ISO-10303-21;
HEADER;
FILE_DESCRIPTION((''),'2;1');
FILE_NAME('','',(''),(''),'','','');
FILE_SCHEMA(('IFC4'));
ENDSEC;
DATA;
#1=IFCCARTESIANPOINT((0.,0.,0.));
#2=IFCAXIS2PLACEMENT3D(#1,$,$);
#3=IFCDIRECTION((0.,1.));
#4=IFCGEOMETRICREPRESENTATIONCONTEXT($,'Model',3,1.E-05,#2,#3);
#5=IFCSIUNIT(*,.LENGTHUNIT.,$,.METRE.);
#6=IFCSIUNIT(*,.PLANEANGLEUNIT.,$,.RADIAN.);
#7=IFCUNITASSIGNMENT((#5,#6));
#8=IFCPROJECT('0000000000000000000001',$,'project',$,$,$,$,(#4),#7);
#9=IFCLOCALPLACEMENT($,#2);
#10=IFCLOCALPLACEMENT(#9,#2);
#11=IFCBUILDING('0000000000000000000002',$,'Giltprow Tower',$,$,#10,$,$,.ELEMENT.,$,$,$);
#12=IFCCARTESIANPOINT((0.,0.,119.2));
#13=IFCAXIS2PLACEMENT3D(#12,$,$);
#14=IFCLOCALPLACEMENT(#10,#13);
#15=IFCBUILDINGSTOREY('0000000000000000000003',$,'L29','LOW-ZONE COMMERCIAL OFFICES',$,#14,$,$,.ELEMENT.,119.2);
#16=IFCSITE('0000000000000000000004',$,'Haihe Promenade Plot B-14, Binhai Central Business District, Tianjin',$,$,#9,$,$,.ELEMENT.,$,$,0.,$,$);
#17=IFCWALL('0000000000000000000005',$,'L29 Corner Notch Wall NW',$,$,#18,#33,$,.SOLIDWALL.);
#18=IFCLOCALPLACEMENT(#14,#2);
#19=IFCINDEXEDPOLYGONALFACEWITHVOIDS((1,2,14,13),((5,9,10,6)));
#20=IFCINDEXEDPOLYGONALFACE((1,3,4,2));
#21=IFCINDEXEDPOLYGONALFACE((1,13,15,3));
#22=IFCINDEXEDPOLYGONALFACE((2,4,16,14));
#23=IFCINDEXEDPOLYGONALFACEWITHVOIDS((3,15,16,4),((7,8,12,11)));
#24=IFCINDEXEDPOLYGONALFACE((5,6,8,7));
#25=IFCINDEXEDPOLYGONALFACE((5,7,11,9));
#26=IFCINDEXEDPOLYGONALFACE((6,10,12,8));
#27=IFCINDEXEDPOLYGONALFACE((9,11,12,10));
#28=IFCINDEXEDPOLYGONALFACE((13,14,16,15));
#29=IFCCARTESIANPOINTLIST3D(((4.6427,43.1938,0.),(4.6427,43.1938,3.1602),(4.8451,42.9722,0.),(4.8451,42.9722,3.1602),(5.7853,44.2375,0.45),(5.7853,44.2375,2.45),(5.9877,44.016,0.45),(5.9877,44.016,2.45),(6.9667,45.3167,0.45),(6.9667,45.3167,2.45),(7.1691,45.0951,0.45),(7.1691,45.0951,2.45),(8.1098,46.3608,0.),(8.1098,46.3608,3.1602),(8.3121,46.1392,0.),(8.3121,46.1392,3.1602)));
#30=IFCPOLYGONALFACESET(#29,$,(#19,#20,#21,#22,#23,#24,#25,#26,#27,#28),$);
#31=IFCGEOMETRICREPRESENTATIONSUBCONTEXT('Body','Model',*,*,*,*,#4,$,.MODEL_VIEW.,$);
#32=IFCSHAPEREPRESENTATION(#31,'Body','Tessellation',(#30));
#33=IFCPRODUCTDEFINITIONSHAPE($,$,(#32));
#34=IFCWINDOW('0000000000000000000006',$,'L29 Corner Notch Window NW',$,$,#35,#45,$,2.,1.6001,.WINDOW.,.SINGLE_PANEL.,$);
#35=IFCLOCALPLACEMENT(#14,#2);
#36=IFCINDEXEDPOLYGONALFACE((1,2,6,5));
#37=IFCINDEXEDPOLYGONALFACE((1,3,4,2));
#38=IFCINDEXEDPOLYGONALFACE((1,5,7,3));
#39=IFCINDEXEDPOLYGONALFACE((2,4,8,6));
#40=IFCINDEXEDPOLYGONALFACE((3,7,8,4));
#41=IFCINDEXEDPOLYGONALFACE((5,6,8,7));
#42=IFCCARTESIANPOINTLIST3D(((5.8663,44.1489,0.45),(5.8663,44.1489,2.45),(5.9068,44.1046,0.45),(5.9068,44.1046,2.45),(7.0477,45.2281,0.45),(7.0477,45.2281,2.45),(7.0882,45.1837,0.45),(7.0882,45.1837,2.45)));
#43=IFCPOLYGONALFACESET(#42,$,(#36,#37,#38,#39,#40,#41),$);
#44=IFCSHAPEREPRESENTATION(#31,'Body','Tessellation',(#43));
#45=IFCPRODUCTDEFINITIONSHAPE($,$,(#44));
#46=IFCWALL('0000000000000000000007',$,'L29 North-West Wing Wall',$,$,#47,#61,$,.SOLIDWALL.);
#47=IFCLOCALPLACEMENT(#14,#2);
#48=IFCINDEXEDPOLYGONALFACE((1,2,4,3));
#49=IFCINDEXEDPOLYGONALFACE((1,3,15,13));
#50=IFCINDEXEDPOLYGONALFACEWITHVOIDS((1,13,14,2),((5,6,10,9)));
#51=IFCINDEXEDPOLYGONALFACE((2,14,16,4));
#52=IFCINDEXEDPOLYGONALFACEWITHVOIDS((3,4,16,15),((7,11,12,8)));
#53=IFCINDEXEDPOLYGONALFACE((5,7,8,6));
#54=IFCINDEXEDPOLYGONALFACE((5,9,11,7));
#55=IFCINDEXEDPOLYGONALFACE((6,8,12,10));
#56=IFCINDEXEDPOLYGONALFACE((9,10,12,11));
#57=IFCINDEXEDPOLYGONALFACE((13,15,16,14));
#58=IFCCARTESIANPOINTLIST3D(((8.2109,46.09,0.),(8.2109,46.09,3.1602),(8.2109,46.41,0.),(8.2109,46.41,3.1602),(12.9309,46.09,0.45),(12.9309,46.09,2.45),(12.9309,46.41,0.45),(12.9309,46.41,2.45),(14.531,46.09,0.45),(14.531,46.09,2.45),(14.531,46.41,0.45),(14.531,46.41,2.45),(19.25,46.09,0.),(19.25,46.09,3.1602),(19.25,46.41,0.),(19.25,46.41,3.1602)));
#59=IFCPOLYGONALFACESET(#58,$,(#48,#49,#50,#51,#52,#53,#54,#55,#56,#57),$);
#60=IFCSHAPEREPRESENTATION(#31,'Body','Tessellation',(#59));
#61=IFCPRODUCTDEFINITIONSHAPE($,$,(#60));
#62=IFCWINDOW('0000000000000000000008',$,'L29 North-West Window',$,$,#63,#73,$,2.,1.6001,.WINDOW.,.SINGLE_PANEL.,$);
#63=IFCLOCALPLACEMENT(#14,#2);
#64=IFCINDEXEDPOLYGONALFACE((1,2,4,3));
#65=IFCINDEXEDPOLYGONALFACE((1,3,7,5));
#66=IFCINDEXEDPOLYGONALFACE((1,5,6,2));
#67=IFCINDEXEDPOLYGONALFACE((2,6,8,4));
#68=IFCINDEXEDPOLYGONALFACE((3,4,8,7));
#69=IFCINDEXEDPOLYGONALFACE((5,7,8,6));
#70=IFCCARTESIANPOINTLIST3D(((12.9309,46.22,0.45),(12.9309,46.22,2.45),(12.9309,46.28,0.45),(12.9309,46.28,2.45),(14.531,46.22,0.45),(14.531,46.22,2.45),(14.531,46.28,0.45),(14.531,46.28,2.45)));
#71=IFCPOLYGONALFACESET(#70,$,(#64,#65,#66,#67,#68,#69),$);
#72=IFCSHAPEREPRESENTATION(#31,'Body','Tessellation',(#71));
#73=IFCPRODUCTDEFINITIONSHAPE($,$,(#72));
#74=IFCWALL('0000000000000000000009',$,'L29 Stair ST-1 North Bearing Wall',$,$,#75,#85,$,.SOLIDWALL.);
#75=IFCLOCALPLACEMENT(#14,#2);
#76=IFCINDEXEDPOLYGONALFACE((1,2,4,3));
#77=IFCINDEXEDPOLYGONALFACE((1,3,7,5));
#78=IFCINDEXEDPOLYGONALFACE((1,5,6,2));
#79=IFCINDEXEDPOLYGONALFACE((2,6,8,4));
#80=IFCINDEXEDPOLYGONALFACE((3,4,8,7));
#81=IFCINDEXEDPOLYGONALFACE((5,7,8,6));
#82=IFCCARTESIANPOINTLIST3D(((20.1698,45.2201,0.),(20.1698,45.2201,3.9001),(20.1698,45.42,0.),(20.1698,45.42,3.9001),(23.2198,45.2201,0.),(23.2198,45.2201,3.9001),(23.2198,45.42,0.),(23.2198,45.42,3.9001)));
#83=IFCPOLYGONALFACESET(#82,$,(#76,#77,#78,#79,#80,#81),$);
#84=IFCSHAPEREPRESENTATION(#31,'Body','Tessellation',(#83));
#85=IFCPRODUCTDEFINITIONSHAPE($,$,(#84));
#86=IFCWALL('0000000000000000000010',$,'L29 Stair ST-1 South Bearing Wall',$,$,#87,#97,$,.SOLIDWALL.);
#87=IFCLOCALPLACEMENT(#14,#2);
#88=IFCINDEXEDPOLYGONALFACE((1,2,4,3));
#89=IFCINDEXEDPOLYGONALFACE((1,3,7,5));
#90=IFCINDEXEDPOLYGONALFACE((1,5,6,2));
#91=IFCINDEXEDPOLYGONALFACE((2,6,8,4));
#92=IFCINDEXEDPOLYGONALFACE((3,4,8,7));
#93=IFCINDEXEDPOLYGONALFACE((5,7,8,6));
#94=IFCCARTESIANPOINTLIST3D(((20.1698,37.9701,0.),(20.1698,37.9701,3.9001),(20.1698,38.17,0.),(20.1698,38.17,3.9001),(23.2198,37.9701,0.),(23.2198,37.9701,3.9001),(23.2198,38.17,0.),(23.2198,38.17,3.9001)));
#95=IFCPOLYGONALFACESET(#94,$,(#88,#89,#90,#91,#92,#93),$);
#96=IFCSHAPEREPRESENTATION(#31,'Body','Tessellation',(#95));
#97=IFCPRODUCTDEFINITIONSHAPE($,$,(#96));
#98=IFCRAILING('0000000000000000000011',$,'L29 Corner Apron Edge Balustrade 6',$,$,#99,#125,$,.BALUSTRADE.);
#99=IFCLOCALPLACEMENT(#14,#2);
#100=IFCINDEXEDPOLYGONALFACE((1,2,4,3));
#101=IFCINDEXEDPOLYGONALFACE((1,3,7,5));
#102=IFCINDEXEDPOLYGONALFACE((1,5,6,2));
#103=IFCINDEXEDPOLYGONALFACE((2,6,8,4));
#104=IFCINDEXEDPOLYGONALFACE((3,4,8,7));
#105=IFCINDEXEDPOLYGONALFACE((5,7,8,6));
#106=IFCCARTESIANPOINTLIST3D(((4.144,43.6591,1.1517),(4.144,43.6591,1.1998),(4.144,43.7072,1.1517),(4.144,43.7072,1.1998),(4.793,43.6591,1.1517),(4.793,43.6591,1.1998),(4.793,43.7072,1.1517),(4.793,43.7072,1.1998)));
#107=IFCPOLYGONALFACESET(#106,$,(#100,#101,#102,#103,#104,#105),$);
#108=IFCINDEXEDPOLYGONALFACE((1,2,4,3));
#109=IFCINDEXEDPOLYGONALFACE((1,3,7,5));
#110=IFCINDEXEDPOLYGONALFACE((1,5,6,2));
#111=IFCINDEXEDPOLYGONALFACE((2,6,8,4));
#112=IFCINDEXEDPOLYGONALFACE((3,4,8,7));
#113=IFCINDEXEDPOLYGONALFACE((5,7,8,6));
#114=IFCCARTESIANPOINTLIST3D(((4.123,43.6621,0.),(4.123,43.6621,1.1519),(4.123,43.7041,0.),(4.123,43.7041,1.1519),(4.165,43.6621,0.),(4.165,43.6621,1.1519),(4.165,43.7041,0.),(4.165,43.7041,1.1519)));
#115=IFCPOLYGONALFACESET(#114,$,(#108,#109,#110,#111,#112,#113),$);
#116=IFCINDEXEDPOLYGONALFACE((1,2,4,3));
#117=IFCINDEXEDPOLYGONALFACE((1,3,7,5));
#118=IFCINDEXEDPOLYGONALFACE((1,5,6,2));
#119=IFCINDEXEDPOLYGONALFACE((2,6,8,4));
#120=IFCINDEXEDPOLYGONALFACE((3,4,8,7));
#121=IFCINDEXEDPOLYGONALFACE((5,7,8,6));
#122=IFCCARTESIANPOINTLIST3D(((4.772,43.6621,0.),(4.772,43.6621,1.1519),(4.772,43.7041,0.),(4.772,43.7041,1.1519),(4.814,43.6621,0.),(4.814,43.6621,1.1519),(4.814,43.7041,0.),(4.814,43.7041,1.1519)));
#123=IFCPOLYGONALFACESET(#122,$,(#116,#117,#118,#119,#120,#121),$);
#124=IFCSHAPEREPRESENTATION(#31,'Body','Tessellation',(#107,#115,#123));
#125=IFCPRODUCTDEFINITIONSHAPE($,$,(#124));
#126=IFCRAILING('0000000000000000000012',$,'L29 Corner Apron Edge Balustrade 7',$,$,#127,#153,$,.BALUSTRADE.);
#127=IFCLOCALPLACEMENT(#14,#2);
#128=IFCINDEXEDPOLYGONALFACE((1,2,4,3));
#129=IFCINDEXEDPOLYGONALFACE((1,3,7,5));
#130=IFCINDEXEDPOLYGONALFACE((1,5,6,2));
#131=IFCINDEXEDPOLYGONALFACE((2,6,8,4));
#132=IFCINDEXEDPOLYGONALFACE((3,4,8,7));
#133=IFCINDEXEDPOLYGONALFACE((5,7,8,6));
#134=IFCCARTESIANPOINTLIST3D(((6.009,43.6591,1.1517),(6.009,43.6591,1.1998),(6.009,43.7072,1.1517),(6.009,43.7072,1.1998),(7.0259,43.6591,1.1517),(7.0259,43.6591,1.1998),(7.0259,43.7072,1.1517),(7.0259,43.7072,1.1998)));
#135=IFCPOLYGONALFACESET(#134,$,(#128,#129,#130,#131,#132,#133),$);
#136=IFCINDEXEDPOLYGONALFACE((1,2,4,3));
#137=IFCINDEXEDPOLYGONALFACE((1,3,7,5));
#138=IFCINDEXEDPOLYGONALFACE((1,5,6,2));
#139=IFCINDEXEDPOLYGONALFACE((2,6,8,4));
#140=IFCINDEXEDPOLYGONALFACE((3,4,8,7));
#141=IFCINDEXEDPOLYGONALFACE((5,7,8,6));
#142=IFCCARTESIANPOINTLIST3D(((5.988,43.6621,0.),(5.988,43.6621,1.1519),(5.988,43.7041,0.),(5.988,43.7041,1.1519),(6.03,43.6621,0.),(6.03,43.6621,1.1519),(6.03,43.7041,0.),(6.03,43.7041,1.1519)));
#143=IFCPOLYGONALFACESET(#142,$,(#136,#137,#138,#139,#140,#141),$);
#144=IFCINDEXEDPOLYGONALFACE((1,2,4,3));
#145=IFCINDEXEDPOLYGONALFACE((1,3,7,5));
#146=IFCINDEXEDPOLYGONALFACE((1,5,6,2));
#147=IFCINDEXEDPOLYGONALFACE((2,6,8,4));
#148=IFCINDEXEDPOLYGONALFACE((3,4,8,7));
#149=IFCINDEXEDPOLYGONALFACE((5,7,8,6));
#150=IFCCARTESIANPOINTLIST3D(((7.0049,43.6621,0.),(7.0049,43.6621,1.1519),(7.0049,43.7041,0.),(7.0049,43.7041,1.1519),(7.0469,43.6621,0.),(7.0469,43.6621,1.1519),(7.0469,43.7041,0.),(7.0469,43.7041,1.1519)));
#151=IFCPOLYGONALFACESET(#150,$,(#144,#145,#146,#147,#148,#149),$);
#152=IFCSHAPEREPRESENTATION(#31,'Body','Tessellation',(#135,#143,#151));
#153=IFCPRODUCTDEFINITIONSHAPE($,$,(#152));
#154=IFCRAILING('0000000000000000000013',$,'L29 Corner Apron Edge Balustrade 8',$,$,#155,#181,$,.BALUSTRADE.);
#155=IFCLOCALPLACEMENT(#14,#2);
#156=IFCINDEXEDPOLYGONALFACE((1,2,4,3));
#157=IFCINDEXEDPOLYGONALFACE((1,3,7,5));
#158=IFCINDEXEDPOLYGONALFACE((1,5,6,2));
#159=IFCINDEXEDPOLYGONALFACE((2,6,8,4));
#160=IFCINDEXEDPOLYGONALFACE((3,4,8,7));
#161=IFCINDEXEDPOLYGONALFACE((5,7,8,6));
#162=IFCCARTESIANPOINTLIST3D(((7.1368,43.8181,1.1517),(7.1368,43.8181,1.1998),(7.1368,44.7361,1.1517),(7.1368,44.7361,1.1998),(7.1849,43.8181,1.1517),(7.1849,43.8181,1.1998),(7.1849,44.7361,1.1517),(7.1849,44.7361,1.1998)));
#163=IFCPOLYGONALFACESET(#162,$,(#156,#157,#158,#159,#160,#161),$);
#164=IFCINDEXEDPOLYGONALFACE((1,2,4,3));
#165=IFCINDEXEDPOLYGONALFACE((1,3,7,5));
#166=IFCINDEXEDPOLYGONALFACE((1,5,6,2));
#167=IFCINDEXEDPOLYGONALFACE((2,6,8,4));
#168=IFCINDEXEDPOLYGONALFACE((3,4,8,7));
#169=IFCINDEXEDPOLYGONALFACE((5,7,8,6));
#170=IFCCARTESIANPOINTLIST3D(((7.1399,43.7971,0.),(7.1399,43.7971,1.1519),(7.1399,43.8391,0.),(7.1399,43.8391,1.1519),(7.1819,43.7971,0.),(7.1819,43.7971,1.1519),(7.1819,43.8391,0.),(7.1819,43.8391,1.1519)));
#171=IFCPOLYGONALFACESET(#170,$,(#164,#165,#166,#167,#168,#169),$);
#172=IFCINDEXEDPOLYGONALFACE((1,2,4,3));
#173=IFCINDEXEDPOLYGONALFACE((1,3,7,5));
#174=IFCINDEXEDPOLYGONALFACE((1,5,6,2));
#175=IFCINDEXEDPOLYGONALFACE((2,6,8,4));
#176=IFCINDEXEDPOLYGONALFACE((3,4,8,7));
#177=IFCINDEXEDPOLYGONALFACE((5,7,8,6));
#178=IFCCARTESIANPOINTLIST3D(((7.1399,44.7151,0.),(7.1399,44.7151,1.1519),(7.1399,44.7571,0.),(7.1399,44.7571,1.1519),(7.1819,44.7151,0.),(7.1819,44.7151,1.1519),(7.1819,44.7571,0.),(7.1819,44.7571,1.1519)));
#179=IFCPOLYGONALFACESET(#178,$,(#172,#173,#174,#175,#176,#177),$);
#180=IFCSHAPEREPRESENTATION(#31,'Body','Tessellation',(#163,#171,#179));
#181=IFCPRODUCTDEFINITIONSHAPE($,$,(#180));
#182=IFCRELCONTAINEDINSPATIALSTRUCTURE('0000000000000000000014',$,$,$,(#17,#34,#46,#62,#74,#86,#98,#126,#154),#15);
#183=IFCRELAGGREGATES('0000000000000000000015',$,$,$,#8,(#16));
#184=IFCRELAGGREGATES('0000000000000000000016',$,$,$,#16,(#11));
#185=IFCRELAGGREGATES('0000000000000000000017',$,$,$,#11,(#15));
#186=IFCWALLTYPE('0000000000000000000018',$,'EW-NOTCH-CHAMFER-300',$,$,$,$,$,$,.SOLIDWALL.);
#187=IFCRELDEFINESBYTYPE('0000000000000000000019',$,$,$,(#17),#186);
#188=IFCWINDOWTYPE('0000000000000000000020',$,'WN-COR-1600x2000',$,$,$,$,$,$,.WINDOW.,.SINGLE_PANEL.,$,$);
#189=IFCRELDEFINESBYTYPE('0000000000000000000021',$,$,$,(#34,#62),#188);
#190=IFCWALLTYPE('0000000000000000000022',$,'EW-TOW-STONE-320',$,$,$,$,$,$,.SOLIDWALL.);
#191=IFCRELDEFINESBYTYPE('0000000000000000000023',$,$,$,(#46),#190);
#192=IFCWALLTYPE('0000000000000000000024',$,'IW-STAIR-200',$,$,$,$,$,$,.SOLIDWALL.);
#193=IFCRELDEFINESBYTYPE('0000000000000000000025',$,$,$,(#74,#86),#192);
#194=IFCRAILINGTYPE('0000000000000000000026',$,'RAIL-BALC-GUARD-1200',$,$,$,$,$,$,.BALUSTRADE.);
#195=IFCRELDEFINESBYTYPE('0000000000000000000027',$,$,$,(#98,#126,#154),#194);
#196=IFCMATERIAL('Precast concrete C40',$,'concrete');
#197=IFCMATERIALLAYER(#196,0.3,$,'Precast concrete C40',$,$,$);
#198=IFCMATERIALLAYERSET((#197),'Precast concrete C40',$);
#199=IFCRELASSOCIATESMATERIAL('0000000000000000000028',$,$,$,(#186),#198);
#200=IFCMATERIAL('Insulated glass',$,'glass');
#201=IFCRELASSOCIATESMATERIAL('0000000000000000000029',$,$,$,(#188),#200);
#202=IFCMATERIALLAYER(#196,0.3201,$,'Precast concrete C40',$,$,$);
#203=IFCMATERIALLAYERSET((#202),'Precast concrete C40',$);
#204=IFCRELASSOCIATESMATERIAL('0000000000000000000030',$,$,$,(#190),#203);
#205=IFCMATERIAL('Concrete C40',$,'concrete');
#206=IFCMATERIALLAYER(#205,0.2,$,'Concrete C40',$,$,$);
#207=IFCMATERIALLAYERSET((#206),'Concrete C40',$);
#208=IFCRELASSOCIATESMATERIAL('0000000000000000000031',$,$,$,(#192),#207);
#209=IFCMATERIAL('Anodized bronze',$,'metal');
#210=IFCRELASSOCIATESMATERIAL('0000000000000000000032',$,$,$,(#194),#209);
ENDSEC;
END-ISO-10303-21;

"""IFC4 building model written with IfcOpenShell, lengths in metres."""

from ifc_helpers import new_model, si_unit, direction, frame, frame_2d, origin, origin_2d, place, context, subcontext, project, spatial, rectangle, extrude, source, transform, mapped, material, layer, layer_set, type_object, element, fill, save


model = new_model("IFC4")

# Units and contexts
model_context = context("Model", 3, precision=1e-05, world=origin(), true_north=direction((0.0, 1.0)))
body_context = subcontext(model_context, "Body", "Model", "MODEL_VIEW")
ifc_project = project(units=[si_unit("LENGTHUNIT", "METRE"), si_unit("PLANEANGLEUNIT", "RADIAN")], contexts=[model_context])

# Site, building, storey
site_placement = place(None, origin())
site = spatial("IfcSite", under=ifc_project, at=site_placement, Name="Haihe Promenade Plot B-14, Binhai Central Business District, Tianjin", CompositionType="ELEMENT", RefElevation=0.0)
building_placement = place(site_placement, origin())
building = spatial("IfcBuilding", under=site, at=building_placement, Name="Giltprow Tower", CompositionType="ELEMENT")
storey_placement = place(building_placement, frame((0.0, 0.0, 119.2)))
storey = spatial("IfcBuildingStorey", under=building, at=storey_placement, Name="L29", Description="LOW-ZONE COMMERCIAL OFFICES", CompositionType="ELEMENT", Elevation=119.2)

# Walls, openings, windows
ifc_material_1 = material(Name="Precast concrete C40", Category="concrete")
ifc_layer_1 = layer(ifc_material_1, 0.3, Name="Precast concrete C40")
ifc_layer_set_1 = layer_set([ifc_layer_1], Name="Precast concrete C40")
wall_type_1 = type_object("IfcWallType", Name="EW-NOTCH-CHAMFER-300", PredefinedType="SOLIDWALL", material=ifc_layer_set_1)
wall_1_placement = place(storey_placement, frame((8.2109, 46.25, 0.0), z_axis=(0.0, 0.0, 1.0), x_axis=(-0.738334, -0.674436, 0.0)))
wall_1 = element("IfcWall", 1, at=wall_1_placement, inside=storey, type_object=wall_type_1, Name="L29 Corner Notch Wall NW", PredefinedType="SOLIDWALL", context=body_context, shape_type="SweptSolid", body=[
    extrude(rectangle(XDim=4.6958, YDim=0.3, at=frame_2d((2.3479, 0.0))), origin(), (0.0, 0.0, 1.0), 3.1602),
])
opening_1_placement = place(wall_1_placement, frame((1.5481, 0.0, 0.45)))
opening_1 = element("IfcOpeningElement", 2, at=opening_1_placement, cuts=wall_1, PredefinedType="OPENING", context=body_context, shape_type="SweptSolid", body=[
    extrude(rectangle(XDim=1.6001, YDim=2.0, at=frame_2d((0.8, 1.0))), frame((0.0, 0.1599, 0.0), z_axis=(0.0, -1.0, 0.0), x_axis=(1.0, 0.0, 0.0)), (0.0, 0.0, 1.0), 0.3201),
])
ifc_material_2 = material(Name="Insulated glass", Category="glass")
window_type = type_object("IfcWindowType", Name="WN-COR-1600x2000", PartitioningType="SINGLE_PANEL", PredefinedType="WINDOW", material=ifc_material_2)
shared_shape_1 = source(origin(), body_context, "Body", "SweptSolid", [
    extrude(rectangle(XDim=1.6001, YDim=2.0, at=frame_2d((0.8, 1.0))), frame((0.0, 0.03, 0.0), z_axis=(0.0, -1.0, 0.0), x_axis=(1.0, 0.0, 0.0)), (0.0, 0.0, 1.0), 0.0601),
])
window_1_placement = place(opening_1_placement, origin())
window_1 = element("IfcWindow", 3, at=window_1_placement, inside=storey, type_object=window_type, Name="L29 Corner Notch Window NW", OverallHeight=2.0, OverallWidth=1.6001, PartitioningType="SINGLE_PANEL", PredefinedType="WINDOW", context=body_context, shape_type="MappedRepresentation", body=[
    mapped(shared_shape_1, transform((0.0, 0.0, 0.0), x_axis=(1.0, 0.0, 0.0), y_axis=(0.0, 1.0, 0.0), z_axis=(0.0, 0.0, 1.0), scale=1.0)),
])
fill(opening_1, window_1)
ifc_layer_2 = layer(ifc_material_1, 0.3201, Name="Precast concrete C40")
ifc_layer_set_2 = layer_set([ifc_layer_2], Name="Precast concrete C40")
wall_type_2 = type_object("IfcWallType", Name="EW-TOW-STONE-320", PredefinedType="SOLIDWALL", material=ifc_layer_set_2)
wall_2_placement = place(storey_placement, frame((8.2109, 46.25, 0.0), z_axis=(0.0, 0.0, 1.0), x_axis=(1.0, 0.0, 0.0)))
wall_2 = element("IfcWall", 4, at=wall_2_placement, inside=storey, type_object=wall_type_2, Name="L29 North-West Wing Wall", PredefinedType="SOLIDWALL", context=body_context, shape_type="SweptSolid", body=[
    extrude(rectangle(XDim=11.0391, YDim=0.3201, at=frame_2d((5.5195, 0.0))), origin(), (0.0, 0.0, 1.0), 3.1602),
])
opening_2_placement = place(wall_2_placement, frame((4.72, 0.0, 0.45)))
opening_2 = element("IfcOpeningElement", 5, at=opening_2_placement, cuts=wall_2, PredefinedType="OPENING", context=body_context, shape_type="SweptSolid", body=[
    extrude(rectangle(XDim=1.6001, YDim=2.0, at=frame_2d((0.8, 1.0))), frame((0.0, 0.1699, 0.0), z_axis=(0.0, -1.0, 0.0), x_axis=(1.0, 0.0, 0.0)), (0.0, 0.0, 1.0), 0.3401),
])
window_2_placement = place(opening_2_placement, origin())
window_2 = element("IfcWindow", 6, at=window_2_placement, inside=storey, type_object=window_type, Name="L29 North-West Window", OverallHeight=2.0, OverallWidth=1.6001, PartitioningType="SINGLE_PANEL", PredefinedType="WINDOW", context=body_context, shape_type="MappedRepresentation", body=[
    mapped(shared_shape_1, transform((0.0, 0.0, 0.0), x_axis=(1.0, 0.0, 0.0), y_axis=(0.0, 1.0, 0.0), z_axis=(0.0, 0.0, 1.0), scale=1.0)),
])
fill(opening_2, window_2)

# Walls
ifc_material_3 = material(Name="Concrete C40", Category="concrete")
ifc_layer_3 = layer(ifc_material_3, 0.2, Name="Concrete C40")
ifc_layer_set_3 = layer_set([ifc_layer_3], Name="Concrete C40")
wall_type_3 = type_object("IfcWallType", Name="IW-STAIR-200", PredefinedType="SOLIDWALL", material=ifc_layer_set_3)
for number, where, z_axis, x_axis, name in (
    (7, (20.1699, 45.3201, 0.0), (0.0, 0.0, 1.0), (1.0, 0.0, 0.0), "L29 Stair ST-1 North Bearing Wall"),
    (8, (20.1699, 38.0701, 0.0), (0.0, 0.0, 1.0), (1.0, 0.0, 0.0), "L29 Stair ST-1 South Bearing Wall"),
):
    element("IfcWall", number, at=place(storey_placement, frame(where, z_axis=z_axis, x_axis=x_axis)), inside=storey, type_object=wall_type_3, Name=name, PredefinedType="SOLIDWALL", context=body_context, shape_type="SweptSolid", body=[
        extrude(rectangle(XDim=3.05, YDim=0.2, at=frame_2d((1.5249, 0.0))), origin(), (0.0, 0.0, 1.0), 3.9001),
    ])

# Railings
ifc_material_4 = material(Name="Anodized bronze", Category="metal")
railing_type_1 = type_object("IfcRailingType", Name="RAIL-BALC-GUARD-1200", PredefinedType="BALUSTRADE", material=ifc_material_4)
railing_1_placement = place(storey_placement, frame((4.144, 43.6831, 0.0)))
element("IfcRailing", 9, at=railing_1_placement, inside=storey, type_object=railing_type_1, Name="L29 Corner Apron Edge Balustrade 6", PredefinedType="BALUSTRADE", context=body_context, shape_type="SweptSolid", body=[
    extrude(rectangle(XDim=0.0481, YDim=0.0481, at=origin_2d()), frame((0.0, 0.0, 1.1758), z_axis=(1.0, 0.0, 0.0), x_axis=(0.0, 1.0, 0.0)), (0.0, 0.0, 1.0), 0.6489),
    extrude(rectangle(XDim=0.042, YDim=0.042, at=origin_2d()), origin(), (0.0, 0.0, 1.0), 1.1519),
    extrude(rectangle(XDim=0.042, YDim=0.042, at=origin_2d()), frame((0.6489, 0.0, 0.0)), (0.0, 0.0, 1.0), 1.1519),
])
railing_2_placement = place(storey_placement, frame((6.009, 43.6831, 0.0)))
element("IfcRailing", 10, at=railing_2_placement, inside=storey, type_object=railing_type_1, Name="L29 Corner Apron Edge Balustrade 7", PredefinedType="BALUSTRADE", context=body_context, shape_type="SweptSolid", body=[
    extrude(rectangle(XDim=0.0481, YDim=0.0481, at=origin_2d()), frame((0.0, 0.0, 1.1758), z_axis=(1.0, 0.0, 0.0), x_axis=(0.0, 1.0, 0.0)), (0.0, 0.0, 1.0), 1.0168),
    extrude(rectangle(XDim=0.042, YDim=0.042, at=origin_2d()), origin(), (0.0, 0.0, 1.0), 1.1519),
    extrude(rectangle(XDim=0.042, YDim=0.042, at=origin_2d()), frame((1.0168, 0.0, 0.0)), (0.0, 0.0, 1.0), 1.1519),
])
railing_3_placement = place(storey_placement, frame((7.1609, 43.8181, 0.0)))
element("IfcRailing", 11, at=railing_3_placement, inside=storey, type_object=railing_type_1, Name="L29 Corner Apron Edge Balustrade 8", PredefinedType="BALUSTRADE", context=body_context, shape_type="SweptSolid", body=[
    extrude(rectangle(XDim=0.0481, YDim=0.0481, at=origin_2d()), frame((0.0, 0.0, 1.1758), z_axis=(0.0, 1.0, 0.0), x_axis=(-1.0, 0.0, 0.0)), (0.0, 0.0, 1.0), 0.918),
    extrude(rectangle(XDim=0.042, YDim=0.042, at=origin_2d()), origin(), (0.0, 0.0, 1.0), 1.1519),
    extrude(rectangle(XDim=0.042, YDim=0.042, at=origin_2d()), frame((0.0, 0.918, 0.0)), (0.0, 0.0, 1.0), 1.1519),
])

save(model, "model.ifc")
